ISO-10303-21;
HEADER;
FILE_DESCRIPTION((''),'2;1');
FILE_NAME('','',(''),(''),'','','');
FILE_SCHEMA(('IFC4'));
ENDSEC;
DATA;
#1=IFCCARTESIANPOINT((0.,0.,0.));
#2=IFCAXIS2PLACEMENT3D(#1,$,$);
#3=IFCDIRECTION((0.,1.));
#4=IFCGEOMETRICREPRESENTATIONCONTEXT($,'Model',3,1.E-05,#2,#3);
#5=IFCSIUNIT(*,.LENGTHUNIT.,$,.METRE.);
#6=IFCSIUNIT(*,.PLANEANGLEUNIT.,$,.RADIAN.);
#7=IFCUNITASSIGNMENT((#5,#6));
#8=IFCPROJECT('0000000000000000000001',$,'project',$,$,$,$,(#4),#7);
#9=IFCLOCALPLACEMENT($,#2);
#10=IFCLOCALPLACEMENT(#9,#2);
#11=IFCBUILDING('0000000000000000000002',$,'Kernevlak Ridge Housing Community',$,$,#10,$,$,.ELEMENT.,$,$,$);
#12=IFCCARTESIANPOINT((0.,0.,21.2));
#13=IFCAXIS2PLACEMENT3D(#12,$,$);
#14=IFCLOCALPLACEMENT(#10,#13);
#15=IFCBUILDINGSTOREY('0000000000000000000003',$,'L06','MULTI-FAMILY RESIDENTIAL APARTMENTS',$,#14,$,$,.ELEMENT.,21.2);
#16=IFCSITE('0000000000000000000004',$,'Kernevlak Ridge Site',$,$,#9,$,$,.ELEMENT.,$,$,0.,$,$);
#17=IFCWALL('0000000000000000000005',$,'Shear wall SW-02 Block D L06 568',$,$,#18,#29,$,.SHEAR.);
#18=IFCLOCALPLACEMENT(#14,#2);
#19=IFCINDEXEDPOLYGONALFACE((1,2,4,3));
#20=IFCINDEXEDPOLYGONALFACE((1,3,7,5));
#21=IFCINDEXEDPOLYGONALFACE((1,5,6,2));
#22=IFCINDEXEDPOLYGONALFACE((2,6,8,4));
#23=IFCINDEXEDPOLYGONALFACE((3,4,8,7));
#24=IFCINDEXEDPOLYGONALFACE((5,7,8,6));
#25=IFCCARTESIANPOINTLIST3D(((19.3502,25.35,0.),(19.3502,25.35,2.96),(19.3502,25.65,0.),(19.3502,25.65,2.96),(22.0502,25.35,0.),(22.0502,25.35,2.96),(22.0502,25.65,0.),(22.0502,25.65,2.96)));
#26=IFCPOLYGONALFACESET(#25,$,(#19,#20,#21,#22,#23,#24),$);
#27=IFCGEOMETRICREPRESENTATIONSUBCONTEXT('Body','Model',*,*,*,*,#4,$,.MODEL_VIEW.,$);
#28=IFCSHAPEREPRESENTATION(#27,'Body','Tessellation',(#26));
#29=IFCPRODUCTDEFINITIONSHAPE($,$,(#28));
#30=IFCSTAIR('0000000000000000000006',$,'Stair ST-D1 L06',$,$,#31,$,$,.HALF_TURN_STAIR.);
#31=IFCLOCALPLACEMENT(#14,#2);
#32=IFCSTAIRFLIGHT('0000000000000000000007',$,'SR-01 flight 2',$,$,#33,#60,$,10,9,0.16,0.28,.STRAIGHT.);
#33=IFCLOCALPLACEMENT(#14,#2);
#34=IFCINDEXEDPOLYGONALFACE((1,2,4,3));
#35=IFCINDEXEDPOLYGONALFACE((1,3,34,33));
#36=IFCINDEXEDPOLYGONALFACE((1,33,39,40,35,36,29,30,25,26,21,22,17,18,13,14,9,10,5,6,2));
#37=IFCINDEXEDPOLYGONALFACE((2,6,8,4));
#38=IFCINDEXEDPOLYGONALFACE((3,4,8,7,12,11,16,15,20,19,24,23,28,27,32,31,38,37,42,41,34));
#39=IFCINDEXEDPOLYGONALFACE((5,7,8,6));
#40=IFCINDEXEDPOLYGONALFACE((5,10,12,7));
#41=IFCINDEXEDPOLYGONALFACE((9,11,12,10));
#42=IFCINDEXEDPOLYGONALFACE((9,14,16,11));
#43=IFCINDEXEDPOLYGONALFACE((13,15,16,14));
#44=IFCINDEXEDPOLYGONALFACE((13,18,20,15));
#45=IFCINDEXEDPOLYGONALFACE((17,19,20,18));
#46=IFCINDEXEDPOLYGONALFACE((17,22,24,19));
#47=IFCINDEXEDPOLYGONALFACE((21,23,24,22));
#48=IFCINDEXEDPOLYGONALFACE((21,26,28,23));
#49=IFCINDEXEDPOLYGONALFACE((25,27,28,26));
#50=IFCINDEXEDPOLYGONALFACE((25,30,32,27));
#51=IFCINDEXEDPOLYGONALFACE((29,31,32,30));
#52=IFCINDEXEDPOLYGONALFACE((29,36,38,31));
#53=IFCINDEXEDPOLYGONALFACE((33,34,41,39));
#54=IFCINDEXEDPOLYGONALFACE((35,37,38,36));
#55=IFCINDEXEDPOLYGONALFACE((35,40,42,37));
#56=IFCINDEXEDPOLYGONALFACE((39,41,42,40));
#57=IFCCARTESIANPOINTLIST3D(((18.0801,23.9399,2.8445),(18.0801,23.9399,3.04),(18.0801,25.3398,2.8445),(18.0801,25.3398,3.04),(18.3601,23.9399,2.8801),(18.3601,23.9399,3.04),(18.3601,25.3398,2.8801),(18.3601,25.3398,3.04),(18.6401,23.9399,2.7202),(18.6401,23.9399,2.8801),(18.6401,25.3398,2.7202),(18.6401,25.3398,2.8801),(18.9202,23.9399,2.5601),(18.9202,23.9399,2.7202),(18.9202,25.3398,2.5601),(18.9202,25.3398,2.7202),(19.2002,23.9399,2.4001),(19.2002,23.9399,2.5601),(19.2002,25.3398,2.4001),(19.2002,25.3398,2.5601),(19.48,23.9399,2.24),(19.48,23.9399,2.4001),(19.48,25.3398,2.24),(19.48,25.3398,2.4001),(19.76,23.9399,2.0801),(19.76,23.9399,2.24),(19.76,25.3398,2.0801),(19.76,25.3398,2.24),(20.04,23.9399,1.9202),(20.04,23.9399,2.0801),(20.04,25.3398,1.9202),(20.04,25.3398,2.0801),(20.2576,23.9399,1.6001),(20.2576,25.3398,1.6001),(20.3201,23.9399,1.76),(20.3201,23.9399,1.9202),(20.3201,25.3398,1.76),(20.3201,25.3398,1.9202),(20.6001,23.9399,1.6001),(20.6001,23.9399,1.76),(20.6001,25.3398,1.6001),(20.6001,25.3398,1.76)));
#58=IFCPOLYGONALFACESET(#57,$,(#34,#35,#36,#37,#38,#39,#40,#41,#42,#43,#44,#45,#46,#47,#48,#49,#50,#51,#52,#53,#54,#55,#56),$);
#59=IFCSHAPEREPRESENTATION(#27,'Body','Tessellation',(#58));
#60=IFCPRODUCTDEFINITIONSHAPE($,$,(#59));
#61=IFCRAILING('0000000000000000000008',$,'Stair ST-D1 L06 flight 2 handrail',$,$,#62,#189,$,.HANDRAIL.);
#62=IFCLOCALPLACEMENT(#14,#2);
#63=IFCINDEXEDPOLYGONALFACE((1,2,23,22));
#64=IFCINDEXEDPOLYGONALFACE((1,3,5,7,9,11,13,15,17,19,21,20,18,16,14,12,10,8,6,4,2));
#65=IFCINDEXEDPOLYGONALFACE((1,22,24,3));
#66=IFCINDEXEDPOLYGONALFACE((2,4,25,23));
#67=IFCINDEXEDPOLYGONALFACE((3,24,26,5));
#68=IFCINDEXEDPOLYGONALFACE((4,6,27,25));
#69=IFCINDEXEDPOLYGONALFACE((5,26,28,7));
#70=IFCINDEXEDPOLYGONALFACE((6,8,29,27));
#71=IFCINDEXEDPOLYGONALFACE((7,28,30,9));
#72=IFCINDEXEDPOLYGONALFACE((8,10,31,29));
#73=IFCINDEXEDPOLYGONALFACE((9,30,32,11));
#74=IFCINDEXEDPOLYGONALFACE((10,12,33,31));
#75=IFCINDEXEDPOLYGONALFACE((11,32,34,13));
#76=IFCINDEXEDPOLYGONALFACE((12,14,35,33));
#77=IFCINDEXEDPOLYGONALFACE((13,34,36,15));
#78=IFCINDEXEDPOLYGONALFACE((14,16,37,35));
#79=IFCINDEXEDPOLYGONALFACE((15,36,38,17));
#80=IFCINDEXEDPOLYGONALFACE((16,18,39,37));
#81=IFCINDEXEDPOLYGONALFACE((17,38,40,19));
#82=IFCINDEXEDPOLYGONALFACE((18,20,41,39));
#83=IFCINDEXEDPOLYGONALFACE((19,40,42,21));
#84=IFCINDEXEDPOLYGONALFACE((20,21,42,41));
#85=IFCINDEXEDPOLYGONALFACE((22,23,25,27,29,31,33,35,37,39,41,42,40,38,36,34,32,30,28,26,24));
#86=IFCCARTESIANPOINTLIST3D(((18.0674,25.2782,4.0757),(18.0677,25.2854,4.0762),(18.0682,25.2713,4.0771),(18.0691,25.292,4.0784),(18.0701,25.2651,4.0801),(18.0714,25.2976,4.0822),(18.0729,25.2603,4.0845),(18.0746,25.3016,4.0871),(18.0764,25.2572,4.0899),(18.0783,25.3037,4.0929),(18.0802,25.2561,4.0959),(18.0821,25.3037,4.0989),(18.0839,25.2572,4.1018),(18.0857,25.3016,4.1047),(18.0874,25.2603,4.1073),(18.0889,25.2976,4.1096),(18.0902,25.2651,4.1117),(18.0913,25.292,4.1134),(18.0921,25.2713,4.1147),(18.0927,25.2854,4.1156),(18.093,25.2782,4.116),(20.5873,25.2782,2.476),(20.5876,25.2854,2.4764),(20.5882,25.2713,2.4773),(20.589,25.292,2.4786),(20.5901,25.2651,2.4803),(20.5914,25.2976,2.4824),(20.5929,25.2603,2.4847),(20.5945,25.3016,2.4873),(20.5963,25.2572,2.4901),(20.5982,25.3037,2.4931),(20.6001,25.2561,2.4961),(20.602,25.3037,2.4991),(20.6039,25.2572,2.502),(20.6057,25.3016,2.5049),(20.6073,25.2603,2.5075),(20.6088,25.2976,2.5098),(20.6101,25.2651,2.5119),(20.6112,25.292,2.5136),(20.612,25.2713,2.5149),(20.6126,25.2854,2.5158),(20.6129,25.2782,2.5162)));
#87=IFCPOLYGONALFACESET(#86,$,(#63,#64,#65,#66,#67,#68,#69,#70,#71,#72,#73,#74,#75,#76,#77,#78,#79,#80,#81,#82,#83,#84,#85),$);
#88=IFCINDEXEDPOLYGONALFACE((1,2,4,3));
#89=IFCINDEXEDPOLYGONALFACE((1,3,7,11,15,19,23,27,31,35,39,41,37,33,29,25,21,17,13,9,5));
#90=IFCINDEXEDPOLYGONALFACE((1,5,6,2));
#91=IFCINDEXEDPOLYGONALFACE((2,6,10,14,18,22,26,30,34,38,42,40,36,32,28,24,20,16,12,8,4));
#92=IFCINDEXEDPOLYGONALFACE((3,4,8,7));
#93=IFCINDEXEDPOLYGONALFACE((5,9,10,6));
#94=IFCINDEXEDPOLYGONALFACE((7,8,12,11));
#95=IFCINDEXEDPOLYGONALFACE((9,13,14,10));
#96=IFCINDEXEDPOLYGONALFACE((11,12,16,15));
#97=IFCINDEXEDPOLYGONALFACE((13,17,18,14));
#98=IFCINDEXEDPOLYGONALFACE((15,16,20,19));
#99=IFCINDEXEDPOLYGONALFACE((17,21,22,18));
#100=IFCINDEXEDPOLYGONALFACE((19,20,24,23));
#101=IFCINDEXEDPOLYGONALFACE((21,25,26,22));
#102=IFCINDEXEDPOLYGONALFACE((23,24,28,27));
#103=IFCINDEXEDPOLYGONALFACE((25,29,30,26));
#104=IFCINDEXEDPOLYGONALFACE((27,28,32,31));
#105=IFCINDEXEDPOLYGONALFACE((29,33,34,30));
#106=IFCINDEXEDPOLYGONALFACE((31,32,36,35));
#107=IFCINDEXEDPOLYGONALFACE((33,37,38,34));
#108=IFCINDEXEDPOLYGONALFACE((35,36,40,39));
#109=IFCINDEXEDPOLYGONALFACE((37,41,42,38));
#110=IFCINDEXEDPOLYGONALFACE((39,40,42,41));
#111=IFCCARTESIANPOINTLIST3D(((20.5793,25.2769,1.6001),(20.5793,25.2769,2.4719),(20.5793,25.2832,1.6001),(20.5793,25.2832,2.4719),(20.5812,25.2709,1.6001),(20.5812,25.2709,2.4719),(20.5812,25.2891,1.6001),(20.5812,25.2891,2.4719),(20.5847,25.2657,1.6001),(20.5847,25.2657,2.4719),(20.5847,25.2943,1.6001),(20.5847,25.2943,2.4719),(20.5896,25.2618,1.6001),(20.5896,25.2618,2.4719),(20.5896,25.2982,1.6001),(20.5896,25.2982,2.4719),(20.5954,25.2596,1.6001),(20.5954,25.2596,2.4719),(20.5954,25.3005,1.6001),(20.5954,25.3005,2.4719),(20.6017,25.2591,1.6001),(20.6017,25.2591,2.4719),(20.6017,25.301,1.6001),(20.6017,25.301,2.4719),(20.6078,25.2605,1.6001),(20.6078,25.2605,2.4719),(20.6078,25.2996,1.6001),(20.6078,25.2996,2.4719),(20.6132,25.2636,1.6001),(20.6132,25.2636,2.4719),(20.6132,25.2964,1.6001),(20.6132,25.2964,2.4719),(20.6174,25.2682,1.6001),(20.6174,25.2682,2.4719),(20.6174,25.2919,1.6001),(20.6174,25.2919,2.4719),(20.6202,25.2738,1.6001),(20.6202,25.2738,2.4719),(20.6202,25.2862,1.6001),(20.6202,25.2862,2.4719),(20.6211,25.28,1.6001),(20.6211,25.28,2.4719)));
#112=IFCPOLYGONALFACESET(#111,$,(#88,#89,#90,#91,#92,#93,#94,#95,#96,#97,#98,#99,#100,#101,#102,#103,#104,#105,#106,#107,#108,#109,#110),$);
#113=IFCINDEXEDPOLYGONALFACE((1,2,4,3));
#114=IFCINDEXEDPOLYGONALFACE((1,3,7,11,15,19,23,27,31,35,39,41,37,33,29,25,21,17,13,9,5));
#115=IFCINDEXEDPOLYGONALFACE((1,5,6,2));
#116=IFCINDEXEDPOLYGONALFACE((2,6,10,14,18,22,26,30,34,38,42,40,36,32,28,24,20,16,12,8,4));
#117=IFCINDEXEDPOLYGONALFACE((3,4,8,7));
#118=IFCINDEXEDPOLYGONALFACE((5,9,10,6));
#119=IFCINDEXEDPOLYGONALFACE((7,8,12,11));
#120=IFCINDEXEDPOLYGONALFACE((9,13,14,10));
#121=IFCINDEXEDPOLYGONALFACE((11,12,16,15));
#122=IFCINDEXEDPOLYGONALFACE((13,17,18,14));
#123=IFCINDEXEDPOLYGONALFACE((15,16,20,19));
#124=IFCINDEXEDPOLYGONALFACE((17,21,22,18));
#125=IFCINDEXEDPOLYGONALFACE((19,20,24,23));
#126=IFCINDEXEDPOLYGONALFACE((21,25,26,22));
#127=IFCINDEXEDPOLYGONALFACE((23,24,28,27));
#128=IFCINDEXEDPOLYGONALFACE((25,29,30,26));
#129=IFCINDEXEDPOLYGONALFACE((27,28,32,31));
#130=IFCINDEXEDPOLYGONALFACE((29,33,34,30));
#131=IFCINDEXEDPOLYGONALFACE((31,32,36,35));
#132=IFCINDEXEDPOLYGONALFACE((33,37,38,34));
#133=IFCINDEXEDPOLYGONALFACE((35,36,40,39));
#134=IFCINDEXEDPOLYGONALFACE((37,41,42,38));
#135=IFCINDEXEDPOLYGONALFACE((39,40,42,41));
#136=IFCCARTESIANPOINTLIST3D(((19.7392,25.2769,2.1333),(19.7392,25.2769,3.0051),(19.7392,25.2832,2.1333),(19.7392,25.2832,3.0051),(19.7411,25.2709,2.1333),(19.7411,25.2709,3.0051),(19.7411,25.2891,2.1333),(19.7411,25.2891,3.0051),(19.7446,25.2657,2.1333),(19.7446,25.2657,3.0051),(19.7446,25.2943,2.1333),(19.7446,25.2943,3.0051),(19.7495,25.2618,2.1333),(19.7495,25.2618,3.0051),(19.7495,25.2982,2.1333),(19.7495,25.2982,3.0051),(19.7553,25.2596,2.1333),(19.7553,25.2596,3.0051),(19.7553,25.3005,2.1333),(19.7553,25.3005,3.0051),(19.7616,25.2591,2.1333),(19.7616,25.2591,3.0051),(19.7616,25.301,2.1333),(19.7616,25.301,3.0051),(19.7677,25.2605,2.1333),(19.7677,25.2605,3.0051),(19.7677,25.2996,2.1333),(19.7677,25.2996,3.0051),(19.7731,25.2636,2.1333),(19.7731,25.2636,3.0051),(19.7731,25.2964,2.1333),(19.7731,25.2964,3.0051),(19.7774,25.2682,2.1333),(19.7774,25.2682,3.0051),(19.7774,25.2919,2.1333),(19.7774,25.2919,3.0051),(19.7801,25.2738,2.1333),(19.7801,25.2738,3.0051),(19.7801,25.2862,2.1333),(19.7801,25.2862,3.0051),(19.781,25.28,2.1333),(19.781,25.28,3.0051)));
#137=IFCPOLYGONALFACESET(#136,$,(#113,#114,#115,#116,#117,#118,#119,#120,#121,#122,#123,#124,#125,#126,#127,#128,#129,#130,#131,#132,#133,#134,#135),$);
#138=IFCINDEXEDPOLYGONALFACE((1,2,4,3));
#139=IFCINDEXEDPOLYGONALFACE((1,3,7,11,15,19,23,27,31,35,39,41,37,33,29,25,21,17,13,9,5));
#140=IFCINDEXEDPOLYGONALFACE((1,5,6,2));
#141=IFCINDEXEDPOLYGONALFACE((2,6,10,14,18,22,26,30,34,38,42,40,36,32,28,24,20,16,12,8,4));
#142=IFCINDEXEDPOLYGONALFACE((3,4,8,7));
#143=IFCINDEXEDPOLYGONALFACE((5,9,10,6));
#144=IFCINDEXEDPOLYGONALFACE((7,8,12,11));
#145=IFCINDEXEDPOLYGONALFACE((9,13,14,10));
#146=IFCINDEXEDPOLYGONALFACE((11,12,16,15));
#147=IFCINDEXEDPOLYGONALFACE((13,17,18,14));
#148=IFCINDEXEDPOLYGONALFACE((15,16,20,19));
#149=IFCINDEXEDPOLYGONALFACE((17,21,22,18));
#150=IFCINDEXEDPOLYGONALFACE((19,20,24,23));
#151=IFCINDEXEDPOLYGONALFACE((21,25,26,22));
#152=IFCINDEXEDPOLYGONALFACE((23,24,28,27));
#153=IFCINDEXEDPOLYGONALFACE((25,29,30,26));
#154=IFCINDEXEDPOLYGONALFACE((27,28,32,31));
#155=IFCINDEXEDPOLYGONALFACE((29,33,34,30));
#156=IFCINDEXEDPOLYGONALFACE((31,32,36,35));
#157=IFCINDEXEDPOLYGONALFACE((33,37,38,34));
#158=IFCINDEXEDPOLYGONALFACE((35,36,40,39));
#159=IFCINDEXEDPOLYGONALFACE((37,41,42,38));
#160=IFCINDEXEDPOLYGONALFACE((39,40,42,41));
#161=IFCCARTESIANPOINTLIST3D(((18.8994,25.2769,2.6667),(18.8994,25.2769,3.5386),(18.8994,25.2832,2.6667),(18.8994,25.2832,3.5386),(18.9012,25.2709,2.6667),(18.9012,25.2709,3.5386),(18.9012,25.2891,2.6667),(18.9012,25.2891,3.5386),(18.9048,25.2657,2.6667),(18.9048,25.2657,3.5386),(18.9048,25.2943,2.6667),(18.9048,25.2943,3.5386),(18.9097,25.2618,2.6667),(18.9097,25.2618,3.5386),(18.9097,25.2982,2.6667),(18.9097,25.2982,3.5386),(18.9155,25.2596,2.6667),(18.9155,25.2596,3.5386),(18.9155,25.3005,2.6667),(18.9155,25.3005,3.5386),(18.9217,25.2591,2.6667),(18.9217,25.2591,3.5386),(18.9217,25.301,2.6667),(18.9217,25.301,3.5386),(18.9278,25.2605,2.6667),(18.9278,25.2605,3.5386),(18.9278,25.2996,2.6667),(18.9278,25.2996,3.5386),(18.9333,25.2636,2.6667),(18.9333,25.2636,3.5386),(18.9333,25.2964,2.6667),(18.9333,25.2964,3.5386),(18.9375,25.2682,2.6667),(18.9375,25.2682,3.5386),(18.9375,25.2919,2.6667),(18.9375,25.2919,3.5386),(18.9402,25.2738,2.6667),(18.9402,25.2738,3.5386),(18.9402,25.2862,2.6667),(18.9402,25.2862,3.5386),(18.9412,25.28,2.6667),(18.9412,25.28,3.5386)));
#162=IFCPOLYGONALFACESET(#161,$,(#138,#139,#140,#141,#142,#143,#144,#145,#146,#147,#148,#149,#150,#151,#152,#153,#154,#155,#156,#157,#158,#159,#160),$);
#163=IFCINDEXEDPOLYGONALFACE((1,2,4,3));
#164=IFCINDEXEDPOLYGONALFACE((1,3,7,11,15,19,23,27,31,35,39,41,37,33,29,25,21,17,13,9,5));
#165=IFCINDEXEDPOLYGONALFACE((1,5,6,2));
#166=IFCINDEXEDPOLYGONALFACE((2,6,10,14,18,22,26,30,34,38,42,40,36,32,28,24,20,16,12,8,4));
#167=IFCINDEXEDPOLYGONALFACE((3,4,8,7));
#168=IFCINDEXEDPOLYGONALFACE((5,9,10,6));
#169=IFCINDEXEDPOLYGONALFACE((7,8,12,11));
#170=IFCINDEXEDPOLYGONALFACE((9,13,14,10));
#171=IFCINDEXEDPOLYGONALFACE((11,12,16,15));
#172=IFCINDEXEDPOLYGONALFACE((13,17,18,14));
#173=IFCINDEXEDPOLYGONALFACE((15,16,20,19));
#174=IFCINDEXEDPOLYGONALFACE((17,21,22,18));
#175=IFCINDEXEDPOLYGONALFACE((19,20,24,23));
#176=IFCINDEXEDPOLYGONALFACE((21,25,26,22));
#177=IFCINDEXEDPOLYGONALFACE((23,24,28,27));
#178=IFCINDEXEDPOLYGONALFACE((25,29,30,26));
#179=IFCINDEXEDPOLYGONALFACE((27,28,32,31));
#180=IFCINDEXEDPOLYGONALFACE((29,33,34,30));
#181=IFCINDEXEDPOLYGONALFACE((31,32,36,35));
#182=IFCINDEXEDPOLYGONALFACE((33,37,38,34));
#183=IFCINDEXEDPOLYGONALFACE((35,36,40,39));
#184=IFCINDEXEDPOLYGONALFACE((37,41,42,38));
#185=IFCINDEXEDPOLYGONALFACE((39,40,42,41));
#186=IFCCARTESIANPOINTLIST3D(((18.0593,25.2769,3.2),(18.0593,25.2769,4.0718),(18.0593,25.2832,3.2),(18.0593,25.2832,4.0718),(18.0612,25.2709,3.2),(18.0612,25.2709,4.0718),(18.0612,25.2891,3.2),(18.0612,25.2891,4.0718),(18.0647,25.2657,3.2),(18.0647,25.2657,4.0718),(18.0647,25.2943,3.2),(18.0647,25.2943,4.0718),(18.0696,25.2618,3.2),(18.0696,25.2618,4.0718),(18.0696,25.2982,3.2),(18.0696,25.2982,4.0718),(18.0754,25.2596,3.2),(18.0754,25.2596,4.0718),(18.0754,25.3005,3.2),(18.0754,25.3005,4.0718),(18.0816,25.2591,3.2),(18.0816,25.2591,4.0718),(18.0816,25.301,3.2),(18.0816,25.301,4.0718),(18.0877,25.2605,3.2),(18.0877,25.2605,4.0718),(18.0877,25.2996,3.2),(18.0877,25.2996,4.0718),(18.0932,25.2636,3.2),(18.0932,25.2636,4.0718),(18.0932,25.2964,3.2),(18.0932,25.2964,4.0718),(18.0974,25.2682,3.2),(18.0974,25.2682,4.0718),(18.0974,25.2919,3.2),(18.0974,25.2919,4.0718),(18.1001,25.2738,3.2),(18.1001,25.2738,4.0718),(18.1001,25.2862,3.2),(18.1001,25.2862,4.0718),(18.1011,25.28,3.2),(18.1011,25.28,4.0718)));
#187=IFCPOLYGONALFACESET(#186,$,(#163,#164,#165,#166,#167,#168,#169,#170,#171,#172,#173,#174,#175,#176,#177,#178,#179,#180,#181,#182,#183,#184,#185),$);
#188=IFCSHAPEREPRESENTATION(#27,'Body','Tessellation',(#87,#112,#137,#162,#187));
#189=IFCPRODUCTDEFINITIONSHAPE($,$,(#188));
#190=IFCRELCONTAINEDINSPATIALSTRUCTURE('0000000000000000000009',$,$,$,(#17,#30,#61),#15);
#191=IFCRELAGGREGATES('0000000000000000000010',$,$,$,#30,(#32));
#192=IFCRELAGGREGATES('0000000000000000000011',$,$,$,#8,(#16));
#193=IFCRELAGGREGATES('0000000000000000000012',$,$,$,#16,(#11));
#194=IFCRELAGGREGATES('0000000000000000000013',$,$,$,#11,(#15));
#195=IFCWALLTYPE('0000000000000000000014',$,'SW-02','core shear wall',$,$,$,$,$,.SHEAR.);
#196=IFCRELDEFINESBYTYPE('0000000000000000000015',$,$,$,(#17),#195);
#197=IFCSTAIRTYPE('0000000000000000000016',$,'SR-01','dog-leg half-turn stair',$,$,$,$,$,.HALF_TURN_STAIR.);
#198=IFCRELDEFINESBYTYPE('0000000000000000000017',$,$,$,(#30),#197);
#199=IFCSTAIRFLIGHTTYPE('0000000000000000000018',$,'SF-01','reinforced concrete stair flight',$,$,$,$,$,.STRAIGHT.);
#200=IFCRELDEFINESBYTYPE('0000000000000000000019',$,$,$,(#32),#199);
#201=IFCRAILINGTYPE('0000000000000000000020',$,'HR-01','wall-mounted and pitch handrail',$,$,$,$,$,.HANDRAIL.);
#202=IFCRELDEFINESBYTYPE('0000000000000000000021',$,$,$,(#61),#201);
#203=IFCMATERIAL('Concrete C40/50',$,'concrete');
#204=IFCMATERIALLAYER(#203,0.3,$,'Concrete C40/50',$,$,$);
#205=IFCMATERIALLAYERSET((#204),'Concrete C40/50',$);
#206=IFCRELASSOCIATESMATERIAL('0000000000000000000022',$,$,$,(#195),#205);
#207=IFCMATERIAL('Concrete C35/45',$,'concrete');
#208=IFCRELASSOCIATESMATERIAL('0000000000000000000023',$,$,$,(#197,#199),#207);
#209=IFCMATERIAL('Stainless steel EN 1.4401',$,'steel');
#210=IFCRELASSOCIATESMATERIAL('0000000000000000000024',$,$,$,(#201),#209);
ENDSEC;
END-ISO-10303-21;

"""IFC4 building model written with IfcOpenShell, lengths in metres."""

from ifc_helpers import new_model, si_unit, direction, frame, frame_2d, origin, origin_2d, place, context, subcontext, project, spatial, polyline, rectangle, circle, outline, extrude, material, layer, layer_set, type_object, element, aggregate, save


model = new_model("IFC4")

# Units and contexts
model_context = context("Model", 3, precision=1e-05, world=origin(), true_north=direction((0.0, 1.0)))
body_context = subcontext(model_context, "Body", "Model", "MODEL_VIEW")
ifc_project = project(units=[si_unit("LENGTHUNIT", "METRE"), si_unit("PLANEANGLEUNIT", "RADIAN")], contexts=[model_context])

# Site, building, storey
site_placement = place(None, origin())
site = spatial("IfcSite", under=ifc_project, at=site_placement, Name="Kernevlak Ridge Site", CompositionType="ELEMENT", RefElevation=0.0)
building_placement = place(site_placement, origin())
building = spatial("IfcBuilding", under=site, at=building_placement, Name="Kernevlak Ridge Housing Community", CompositionType="ELEMENT")
storey_placement = place(building_placement, frame((0.0, 0.0, 21.2)))
storey = spatial("IfcBuildingStorey", under=building, at=storey_placement, Name="L06", Description="MULTI-FAMILY RESIDENTIAL APARTMENTS", CompositionType="ELEMENT", Elevation=21.2)

# Shared definitions
ifc_material_1 = material(Name="Concrete C35/45", Category="concrete")

# Shared definitions
ifc_material_2 = material(Name="Stainless steel EN 1.4401", Category="steel")

# Wall
ifc_material_3 = material(Name="Concrete C40/50", Category="concrete")
ifc_layer_1 = layer(ifc_material_3, 0.3, Name="Concrete C40/50")
ifc_layer_set_1 = layer_set([ifc_layer_1], Name="Concrete C40/50")
wall_type_1 = type_object("IfcWallType", Name="SW-02", Description="core shear wall", PredefinedType="SHEAR", material=ifc_layer_set_1)
wall_1_placement = place(storey_placement, frame((19.3501, 25.5, 0.0), z_axis=(0.0, 0.0, 1.0), x_axis=(1.0, 0.0, 0.0)))
element("IfcWall", 1, at=wall_1_placement, inside=storey, type_object=wall_type_1, Name="Shear wall SW-02 Block D L06 568", PredefinedType="SHEAR", context=body_context, shape_type="SweptSolid", body=[
    extrude(rectangle(XDim=2.7, YDim=0.3, at=frame_2d((1.3501, 0.0))), origin(), (0.0, 0.0, 1.0), 2.96),
])

# Stair, stair flight
stair_type = type_object("IfcStairType", Name="SR-01", Description="dog-leg half-turn stair", PredefinedType="HALF_TURN_STAIR", material=ifc_material_1)
stair_placement = place(storey_placement, origin())
stair = element("IfcStair", 2, at=stair_placement, inside=storey, type_object=stair_type, Name="Stair ST-D1 L06", PredefinedType="HALF_TURN_STAIR")
stair_flight_type = type_object("IfcStairFlightType", Name="SF-01", Description="reinforced concrete stair flight", PredefinedType="STRAIGHT", material=ifc_material_1)
stair_flight_placement = place(storey_placement, frame((20.6001, 24.6399, 1.6001), z_axis=(0.0, 0.0, 1.0), x_axis=(-1.0, 0.0, 0.0)))
stair_flight = element("IfcStairFlight", 3, at=stair_flight_placement, type_object=stair_flight_type, Name="SR-01 flight 2", NumberOfRisers=10, NumberOfTreads=9, PredefinedType="STRAIGHT", RiserHeight=0.16, TreadLength=0.28, context=body_context, shape_type="SweptSolid", body=[
    extrude(outline(polyline([(0.0, 0.0), (0.0, 0.1599), (0.28, 0.1599), (0.28, 0.3201), (0.5601, 0.3201), (0.5601, 0.48), (0.8401, 0.48), (0.8401, 0.6399), (1.1201, 0.6399), (1.1201, 0.8), (1.3999, 0.8), (1.3999, 0.96), (1.6799, 0.96), (1.6799, 1.1201), (1.96, 1.1201), (1.96, 1.28), (2.24, 1.28), (2.24, 1.4399), (2.52, 1.4399), (2.52, 1.6001), (2.52, 1.2444), (0.3425, 0.0), (0.0, 0.0)])), frame((0.0, 0.7, 0.0), z_axis=(0.0, -1.0, 0.0), x_axis=(1.0, 0.0, 0.0)), (0.0, 0.0, 1.0), 1.3999),
])
aggregate(stair, [stair_flight])

# Railing
railing_type_1 = type_object("IfcRailingType", Name="HR-01", Description="wall-mounted and pitch handrail", PredefinedType="HANDRAIL", material=ifc_material_2)
railing_1_placement = place(storey_placement, frame((20.6001, 25.28, 1.6001)))
element("IfcRailing", 4, at=railing_1_placement, inside=storey, type_object=railing_type_1, Name="Stair ST-D1 L06 flight 2 handrail", PredefinedType="HANDRAIL", context=body_context, shape_type="SweptSolid", body=[
    extrude(circle(Radius=0.0239, at=origin_2d()), frame((0.0, 0.0, 0.896), z_axis=(-0.844237, 0.0, 0.53597), x_axis=(0.0, -1.0, 0.0)), (0.0, 0.0, 1.0), 2.9849),
    extrude(circle(Radius=0.021, at=origin_2d()), origin(), (0.0, 0.0, 1.0), 0.8718),
    extrude(circle(Radius=0.021, at=origin_2d()), frame((-0.8401, 0.0, 0.5332)), (0.0, 0.0, 1.0), 0.8718),
    extrude(circle(Radius=0.021, at=origin_2d()), frame((-1.6799, 0.0, 1.0667)), (0.0, 0.0, 1.0), 0.8718),
    extrude(circle(Radius=0.021, at=origin_2d()), frame((-2.52, 0.0, 1.5999)), (0.0, 0.0, 1.0), 0.8718),
])

save(model, "model.ifc")
